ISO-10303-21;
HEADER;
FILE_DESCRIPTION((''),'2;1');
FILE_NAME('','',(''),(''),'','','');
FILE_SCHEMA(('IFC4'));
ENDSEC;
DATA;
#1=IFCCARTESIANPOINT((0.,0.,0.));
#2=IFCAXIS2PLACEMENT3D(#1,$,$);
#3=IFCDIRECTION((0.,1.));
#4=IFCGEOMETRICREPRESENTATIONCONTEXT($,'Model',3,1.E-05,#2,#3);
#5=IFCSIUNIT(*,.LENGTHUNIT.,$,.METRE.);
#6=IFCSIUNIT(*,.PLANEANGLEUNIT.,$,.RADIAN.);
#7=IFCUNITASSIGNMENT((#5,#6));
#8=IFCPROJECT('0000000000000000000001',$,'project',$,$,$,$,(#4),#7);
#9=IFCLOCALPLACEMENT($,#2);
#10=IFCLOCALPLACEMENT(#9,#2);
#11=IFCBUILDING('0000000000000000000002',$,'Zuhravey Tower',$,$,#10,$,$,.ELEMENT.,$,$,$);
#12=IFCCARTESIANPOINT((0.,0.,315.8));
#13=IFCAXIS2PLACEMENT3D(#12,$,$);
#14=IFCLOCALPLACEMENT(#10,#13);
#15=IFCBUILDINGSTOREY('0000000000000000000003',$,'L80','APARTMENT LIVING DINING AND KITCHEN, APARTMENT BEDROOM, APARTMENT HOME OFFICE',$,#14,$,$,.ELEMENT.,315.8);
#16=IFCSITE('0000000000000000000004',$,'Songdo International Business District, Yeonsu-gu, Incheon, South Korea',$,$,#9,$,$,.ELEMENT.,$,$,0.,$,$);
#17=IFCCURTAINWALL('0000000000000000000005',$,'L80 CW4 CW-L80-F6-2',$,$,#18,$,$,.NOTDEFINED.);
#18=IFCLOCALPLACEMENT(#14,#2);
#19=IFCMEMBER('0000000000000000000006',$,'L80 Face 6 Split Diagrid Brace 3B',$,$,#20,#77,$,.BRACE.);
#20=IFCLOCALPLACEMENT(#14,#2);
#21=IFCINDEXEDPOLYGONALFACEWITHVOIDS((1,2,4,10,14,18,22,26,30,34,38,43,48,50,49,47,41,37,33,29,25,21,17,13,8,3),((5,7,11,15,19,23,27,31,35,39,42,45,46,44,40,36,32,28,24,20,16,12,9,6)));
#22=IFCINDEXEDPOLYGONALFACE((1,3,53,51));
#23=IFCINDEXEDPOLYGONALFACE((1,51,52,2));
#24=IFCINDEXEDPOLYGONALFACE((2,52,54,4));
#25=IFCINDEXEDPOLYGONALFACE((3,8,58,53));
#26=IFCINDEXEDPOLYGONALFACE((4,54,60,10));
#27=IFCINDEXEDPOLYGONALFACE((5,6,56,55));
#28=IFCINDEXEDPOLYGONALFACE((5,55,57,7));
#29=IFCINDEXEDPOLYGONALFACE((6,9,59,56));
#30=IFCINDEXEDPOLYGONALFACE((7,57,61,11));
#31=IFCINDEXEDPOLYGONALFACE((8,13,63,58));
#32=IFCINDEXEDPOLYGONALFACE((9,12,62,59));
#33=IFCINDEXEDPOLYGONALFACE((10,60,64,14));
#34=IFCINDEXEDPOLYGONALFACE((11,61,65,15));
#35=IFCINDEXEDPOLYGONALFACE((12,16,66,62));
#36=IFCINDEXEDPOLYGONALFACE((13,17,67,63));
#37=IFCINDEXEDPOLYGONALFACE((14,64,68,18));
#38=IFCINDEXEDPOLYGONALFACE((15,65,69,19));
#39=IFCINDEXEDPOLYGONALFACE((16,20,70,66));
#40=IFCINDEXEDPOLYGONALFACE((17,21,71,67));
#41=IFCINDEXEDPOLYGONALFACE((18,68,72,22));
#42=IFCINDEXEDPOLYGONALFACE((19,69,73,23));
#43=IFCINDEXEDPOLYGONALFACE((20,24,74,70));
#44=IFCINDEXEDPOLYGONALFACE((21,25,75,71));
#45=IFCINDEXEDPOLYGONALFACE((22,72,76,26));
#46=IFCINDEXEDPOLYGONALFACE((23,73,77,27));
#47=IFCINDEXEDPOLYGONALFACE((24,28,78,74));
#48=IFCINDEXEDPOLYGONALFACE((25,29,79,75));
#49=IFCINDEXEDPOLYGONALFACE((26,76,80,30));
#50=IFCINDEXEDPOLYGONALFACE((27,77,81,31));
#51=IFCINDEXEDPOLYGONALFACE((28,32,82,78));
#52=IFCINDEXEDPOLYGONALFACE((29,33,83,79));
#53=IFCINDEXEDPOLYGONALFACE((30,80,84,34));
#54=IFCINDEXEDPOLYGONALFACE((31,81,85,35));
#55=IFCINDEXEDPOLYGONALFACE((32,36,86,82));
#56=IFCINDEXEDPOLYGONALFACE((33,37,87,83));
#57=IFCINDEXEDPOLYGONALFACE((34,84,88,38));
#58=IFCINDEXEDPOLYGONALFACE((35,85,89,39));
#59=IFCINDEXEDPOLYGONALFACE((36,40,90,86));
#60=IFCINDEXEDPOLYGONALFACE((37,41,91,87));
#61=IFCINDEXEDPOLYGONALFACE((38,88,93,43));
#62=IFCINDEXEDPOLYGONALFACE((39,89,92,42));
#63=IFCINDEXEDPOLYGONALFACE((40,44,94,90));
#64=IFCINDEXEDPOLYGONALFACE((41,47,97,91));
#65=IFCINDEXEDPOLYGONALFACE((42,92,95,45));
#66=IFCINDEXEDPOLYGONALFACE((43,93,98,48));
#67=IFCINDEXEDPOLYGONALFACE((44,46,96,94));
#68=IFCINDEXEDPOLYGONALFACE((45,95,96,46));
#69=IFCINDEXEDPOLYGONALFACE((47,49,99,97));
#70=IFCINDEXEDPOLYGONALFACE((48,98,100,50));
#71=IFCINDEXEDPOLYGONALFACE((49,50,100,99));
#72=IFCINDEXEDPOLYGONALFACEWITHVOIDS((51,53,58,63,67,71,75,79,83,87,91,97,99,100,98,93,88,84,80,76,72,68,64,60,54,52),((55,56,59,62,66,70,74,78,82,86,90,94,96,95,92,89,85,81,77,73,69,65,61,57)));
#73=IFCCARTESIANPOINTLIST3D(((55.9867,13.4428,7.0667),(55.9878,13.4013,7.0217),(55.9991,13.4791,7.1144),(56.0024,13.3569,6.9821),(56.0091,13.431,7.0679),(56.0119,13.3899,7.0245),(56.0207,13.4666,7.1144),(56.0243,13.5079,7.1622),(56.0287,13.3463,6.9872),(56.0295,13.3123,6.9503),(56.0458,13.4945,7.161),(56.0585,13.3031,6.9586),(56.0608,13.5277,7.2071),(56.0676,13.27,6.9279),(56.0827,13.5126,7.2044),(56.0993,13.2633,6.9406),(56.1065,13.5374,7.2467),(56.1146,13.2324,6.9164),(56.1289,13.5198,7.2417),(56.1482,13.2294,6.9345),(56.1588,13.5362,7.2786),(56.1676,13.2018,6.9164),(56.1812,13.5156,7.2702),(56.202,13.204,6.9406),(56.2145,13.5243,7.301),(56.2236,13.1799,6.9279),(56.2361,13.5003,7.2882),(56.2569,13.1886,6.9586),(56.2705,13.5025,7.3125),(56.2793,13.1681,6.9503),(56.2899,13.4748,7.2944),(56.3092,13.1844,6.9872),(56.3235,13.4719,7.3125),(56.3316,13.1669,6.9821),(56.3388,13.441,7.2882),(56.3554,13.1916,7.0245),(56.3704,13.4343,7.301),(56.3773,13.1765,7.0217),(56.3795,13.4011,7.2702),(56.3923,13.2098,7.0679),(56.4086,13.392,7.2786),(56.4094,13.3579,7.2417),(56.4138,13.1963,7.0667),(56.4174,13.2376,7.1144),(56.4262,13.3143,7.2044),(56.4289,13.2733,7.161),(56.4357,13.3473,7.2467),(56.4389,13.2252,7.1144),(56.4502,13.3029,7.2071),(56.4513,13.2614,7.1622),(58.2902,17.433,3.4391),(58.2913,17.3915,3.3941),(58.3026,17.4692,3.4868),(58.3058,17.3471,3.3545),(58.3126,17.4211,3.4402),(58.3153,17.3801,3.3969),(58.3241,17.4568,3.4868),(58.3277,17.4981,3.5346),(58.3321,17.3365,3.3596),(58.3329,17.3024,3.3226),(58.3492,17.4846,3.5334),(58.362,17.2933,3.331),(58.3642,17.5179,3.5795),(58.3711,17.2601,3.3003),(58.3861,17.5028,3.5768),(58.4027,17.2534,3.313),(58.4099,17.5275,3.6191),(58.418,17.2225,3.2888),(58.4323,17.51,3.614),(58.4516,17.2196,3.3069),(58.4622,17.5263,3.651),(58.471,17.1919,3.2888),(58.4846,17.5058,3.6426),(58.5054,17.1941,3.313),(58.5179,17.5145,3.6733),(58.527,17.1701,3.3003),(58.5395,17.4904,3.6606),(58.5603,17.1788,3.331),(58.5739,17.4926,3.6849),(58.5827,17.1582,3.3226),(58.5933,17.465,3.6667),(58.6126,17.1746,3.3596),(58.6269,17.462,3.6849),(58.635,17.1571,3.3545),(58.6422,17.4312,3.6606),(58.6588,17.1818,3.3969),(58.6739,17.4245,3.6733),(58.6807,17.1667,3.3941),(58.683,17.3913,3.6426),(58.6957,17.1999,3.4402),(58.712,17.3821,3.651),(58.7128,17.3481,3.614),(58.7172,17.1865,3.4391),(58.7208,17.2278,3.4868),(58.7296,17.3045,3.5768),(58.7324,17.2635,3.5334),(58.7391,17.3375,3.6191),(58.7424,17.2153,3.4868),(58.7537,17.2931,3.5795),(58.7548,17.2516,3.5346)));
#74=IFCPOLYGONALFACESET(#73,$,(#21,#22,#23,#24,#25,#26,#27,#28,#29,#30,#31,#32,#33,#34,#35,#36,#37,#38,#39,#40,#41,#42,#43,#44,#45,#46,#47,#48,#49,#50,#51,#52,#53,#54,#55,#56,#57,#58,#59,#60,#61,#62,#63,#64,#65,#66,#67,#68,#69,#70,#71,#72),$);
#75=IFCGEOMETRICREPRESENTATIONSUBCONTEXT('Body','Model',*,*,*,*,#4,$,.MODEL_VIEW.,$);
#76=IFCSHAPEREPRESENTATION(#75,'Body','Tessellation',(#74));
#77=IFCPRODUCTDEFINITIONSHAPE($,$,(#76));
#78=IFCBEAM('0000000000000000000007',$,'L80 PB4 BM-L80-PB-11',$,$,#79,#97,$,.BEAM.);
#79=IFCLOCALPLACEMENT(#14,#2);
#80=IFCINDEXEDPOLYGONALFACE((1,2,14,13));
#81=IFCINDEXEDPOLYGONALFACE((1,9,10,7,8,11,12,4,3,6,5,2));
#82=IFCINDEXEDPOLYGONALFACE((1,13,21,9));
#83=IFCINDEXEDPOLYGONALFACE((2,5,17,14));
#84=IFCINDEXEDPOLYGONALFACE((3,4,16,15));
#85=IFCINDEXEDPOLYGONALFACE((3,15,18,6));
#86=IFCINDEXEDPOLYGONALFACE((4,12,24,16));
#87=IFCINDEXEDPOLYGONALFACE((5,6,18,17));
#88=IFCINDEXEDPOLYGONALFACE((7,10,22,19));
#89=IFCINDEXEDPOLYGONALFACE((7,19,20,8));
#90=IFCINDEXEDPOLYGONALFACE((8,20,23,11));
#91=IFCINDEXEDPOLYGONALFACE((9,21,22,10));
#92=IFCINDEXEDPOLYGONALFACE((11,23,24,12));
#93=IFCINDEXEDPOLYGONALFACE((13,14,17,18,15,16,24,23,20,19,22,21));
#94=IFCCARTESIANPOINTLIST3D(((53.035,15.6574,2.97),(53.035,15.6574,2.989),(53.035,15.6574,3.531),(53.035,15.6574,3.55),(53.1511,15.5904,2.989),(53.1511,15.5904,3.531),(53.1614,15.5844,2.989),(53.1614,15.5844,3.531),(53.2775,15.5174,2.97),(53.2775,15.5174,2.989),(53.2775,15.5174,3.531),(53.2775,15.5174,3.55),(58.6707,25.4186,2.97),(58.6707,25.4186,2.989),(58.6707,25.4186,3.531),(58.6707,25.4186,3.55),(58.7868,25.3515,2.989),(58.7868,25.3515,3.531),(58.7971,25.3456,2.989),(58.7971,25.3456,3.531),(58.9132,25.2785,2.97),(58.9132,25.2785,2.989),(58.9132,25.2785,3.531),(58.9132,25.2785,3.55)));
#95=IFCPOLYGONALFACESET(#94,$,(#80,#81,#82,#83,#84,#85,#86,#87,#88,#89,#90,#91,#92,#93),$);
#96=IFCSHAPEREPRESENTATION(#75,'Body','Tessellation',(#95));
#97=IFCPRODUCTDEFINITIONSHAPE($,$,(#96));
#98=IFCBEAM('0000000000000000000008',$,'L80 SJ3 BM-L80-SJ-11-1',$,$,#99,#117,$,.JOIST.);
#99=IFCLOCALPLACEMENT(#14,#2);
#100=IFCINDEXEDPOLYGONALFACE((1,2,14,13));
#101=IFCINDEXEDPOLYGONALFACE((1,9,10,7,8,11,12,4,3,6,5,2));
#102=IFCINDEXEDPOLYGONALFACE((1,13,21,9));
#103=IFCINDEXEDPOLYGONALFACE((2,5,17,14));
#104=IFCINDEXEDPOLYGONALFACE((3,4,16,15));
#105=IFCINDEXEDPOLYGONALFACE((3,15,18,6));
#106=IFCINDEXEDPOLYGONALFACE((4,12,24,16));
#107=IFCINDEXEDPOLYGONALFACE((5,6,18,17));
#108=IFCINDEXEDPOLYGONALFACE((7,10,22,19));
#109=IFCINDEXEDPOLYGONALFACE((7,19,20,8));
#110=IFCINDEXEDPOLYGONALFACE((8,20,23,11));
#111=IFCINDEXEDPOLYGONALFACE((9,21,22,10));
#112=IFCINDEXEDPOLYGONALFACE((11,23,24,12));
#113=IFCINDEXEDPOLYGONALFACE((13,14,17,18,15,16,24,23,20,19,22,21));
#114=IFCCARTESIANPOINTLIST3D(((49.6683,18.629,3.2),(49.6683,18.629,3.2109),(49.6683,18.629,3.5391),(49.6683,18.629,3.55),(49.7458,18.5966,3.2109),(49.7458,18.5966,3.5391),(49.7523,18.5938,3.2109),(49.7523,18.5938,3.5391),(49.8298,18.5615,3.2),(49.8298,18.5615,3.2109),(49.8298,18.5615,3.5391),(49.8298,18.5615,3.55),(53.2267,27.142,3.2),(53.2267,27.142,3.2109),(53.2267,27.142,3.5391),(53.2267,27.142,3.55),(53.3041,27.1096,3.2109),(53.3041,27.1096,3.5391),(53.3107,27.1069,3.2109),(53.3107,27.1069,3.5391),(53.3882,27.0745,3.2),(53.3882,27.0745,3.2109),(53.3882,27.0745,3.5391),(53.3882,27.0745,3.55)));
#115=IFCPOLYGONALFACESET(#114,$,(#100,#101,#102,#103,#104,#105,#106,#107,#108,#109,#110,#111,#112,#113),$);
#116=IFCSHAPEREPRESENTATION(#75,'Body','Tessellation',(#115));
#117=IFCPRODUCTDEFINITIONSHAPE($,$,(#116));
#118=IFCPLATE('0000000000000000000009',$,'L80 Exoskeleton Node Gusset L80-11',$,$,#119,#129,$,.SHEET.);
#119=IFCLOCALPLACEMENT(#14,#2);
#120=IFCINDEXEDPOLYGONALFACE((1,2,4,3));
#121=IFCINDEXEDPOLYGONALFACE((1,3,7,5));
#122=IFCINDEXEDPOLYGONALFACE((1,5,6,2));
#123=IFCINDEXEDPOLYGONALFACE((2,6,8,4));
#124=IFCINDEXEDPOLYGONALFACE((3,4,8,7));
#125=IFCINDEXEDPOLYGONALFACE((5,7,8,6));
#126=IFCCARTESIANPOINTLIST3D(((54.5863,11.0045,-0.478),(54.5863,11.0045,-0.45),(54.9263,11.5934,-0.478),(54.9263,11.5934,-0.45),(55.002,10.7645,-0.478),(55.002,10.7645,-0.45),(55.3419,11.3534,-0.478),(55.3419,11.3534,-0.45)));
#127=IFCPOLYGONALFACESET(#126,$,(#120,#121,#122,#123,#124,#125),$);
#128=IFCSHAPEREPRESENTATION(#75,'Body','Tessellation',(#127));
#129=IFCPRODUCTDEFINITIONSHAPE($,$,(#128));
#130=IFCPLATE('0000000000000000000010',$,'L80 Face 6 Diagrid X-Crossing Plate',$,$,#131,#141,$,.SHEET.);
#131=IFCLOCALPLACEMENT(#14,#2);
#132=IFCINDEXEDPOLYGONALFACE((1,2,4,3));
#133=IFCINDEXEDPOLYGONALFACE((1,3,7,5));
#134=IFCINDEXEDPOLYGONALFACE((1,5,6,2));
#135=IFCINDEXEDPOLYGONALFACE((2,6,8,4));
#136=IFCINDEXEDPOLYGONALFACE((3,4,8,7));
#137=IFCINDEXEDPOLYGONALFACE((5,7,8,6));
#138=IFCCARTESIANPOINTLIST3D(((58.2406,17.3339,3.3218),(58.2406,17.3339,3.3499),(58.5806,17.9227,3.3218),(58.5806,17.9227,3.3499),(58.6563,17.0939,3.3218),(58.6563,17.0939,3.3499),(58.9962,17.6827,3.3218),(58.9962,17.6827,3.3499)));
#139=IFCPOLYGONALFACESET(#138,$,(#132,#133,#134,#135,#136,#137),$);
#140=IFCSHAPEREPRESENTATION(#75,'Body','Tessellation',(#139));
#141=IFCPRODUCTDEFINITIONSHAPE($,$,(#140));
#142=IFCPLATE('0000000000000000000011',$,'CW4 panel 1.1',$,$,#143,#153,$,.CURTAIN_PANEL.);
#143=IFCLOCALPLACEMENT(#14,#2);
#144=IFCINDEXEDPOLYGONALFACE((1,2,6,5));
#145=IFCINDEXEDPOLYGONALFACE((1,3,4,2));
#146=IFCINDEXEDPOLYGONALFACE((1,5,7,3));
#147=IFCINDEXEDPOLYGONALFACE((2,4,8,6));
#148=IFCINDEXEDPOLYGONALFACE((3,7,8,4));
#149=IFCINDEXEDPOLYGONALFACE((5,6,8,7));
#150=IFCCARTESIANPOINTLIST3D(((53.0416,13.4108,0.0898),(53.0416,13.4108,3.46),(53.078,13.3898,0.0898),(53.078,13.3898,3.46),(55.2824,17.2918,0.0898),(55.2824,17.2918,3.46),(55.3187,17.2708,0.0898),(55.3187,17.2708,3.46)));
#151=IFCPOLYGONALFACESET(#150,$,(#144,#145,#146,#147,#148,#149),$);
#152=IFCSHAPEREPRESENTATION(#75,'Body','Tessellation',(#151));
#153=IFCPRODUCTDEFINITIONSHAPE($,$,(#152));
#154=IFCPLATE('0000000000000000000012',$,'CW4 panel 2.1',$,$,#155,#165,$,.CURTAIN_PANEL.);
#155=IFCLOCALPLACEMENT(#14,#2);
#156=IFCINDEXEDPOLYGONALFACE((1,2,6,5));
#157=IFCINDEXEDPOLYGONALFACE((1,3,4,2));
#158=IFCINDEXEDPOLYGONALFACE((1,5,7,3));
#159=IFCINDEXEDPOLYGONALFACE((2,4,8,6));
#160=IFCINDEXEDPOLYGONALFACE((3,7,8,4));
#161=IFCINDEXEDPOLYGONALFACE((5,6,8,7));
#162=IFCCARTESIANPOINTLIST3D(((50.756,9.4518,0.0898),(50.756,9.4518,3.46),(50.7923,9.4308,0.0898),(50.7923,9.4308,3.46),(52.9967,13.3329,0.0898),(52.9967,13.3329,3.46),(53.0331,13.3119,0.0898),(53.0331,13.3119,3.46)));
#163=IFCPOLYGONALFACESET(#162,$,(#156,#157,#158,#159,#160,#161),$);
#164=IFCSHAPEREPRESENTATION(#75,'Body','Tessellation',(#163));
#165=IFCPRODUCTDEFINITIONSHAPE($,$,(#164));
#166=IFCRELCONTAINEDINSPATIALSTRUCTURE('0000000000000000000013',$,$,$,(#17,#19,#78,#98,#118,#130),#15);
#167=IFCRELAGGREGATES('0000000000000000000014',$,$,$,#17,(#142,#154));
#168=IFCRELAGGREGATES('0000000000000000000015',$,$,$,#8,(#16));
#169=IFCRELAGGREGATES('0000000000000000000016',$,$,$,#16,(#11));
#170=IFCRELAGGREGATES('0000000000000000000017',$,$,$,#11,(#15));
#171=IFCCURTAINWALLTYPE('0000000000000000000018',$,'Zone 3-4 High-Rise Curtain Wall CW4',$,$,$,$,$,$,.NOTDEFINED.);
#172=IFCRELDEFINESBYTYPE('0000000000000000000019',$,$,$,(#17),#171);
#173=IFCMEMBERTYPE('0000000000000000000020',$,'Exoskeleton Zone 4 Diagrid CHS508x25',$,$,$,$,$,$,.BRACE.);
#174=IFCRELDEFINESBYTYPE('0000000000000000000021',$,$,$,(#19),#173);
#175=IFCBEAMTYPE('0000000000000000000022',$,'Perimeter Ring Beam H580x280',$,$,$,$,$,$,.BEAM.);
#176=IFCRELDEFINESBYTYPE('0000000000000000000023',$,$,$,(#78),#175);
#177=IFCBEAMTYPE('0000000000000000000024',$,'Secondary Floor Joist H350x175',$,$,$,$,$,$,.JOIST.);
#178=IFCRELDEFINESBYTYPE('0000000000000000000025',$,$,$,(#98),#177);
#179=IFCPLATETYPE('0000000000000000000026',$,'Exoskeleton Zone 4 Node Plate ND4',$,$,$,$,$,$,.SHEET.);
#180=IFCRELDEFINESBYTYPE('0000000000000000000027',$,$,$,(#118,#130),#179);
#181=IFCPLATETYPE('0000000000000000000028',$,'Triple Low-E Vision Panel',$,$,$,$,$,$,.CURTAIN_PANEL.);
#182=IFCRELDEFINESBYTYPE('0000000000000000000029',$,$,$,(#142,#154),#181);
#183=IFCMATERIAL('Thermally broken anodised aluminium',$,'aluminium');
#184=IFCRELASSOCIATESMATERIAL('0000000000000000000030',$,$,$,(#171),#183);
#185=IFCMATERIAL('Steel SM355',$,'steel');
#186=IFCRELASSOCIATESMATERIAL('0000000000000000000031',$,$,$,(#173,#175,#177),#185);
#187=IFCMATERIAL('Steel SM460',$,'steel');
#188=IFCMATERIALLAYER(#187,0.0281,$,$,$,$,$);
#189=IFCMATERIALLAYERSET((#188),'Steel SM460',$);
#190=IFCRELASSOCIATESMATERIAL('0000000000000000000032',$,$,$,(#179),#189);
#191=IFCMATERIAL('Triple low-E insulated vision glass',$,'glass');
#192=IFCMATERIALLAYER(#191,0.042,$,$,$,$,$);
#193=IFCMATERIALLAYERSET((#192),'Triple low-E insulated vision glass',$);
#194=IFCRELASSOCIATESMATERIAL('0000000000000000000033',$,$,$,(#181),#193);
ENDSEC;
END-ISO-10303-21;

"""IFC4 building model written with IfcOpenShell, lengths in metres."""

from ifc_helpers import new_model, si_unit, direction, frame, origin, origin_2d, place, context, subcontext, project, spatial, rectangle, hollow_circle, i_section, extrude, material, layer, layer_set, material_profile, profile_set, type_object, element, aggregate, save


model = new_model("IFC4")

# Units and contexts
model_context = context("Model", 3, precision=1e-05, world=origin(), true_north=direction((0.0, 1.0)))
body_context = subcontext(model_context, "Body", "Model", "MODEL_VIEW")
ifc_project = project(units=[si_unit("LENGTHUNIT", "METRE"), si_unit("PLANEANGLEUNIT", "RADIAN")], contexts=[model_context])

# Site, building, storey
site_placement = place(None, origin())
site = spatial("IfcSite", under=ifc_project, at=site_placement, Name="Songdo International Business District, Yeonsu-gu, Incheon, South Korea", CompositionType="ELEMENT", RefElevation=0.0)
building_placement = place(site_placement, origin())
building = spatial("IfcBuilding", under=site, at=building_placement, Name="Zuhravey Tower", CompositionType="ELEMENT")
storey_placement = place(building_placement, frame((0.0, 0.0, 315.8)))
storey = spatial("IfcBuildingStorey", under=building, at=storey_placement, Name="L80", Description="APARTMENT LIVING DINING AND KITCHEN, APARTMENT BEDROOM, APARTMENT HOME OFFICE", CompositionType="ELEMENT", Elevation=315.8)

# Shared definitions
ifc_material_1 = material(Name="Thermally broken anodised aluminium", Category="aluminium")
curtain_wall_type = type_object("IfcCurtainWallType", Name="Zone 3-4 High-Rise Curtain Wall CW4", PredefinedType="NOTDEFINED", material=ifc_material_1)

# Curtain wall
curtain_wall_1_placement = place(storey_placement, origin())
curtain_wall_1 = element("IfcCurtainWall", 1, at=curtain_wall_1_placement, inside=storey, type_object=curtain_wall_type, Name="L80 CW4 CW-L80-F6-2", PredefinedType="NOTDEFINED")

# Member
ifc_material_2 = material(Name="Steel SM355", Category="steel")
ifc_material_profile_1 = material_profile(ifc_material_2, hollow_circle(Radius=0.2539, WallThickness=0.0249, at=origin_2d()), Name="CHS-508.0x25")
ifc_profile_set_1 = profile_set([ifc_material_profile_1], Name="Steel SM355")
member_type_1 = type_object("IfcMemberType", Name="Exoskeleton Zone 4 Diagrid CHS508x25", PredefinedType="BRACE", material=ifc_profile_set_1)
member_1_placement = place(storey_placement, frame((58.5225, 17.3423, 3.4868), z_axis=(-0.392806, -0.680448, 0.618623), x_axis=(0.866053, -0.499952, 0.0)))
element("IfcMember", 2, at=member_1_placement, inside=storey, type_object=member_type_1, Name="L80 Face 6 Split Diagrid Brace 3B", PredefinedType="BRACE", context=body_context, shape_type="SweptSolid", body=[
    extrude(hollow_circle(Radius=0.2539, WallThickness=0.0249, at=origin_2d()), origin(), (0.0, 0.0, 1.0), 5.864),
])

# Beams
ifc_material_profile_2 = material_profile(ifc_material_2, i_section(OverallWidth=0.28, OverallDepth=0.5801, WebThickness=0.012, FlangeThickness=0.019, at=origin_2d()), Name="H-580x280x12x19")
ifc_profile_set_2 = profile_set([ifc_material_profile_2], Name="Steel SM355")
beam_type_1 = type_object("IfcBeamType", Name="Perimeter Ring Beam H580x280", PredefinedType="BEAM", material=ifc_profile_set_2)
beam_1_placement = place(storey_placement, frame((53.1562, 15.5874, 3.26), z_axis=(0.500006, 0.866022, 0.0), x_axis=(-0.866022, 0.500006, 0.0)))
element("IfcBeam", 3, at=beam_1_placement, inside=storey, type_object=beam_type_1, Name="L80 PB4 BM-L80-PB-11", PredefinedType="BEAM", context=body_context, shape_type="SweptSolid", body=[
    extrude(i_section(OverallWidth=0.28, OverallDepth=0.5801, WebThickness=0.012, FlangeThickness=0.019, at=origin_2d()), origin(), (0.0, 0.0, 1.0), 11.2712),
])
ifc_material_profile_3 = material_profile(ifc_material_2, i_section(OverallWidth=0.175, OverallDepth=0.3501, WebThickness=0.0071, FlangeThickness=0.011, at=origin_2d()), Name="H-350x175x7x11")
ifc_profile_set_3 = profile_set([ifc_material_profile_3], Name="Steel SM355")
beam_type_2 = type_object("IfcBeamType", Name="Secondary Floor Joist H350x175", PredefinedType="JOIST", material=ifc_profile_set_3)
beam_2_placement = place(storey_placement, frame((49.749, 18.5952, 3.375), z_axis=(0.385658, 0.922642, 0.0), x_axis=(-0.922642, 0.385658, 0.0)))
element("IfcBeam", 4, at=beam_2_placement, inside=storey, type_object=beam_type_2, Name="L80 SJ3 BM-L80-SJ-11-1", PredefinedType="JOIST", context=body_context, shape_type="SweptSolid", body=[
    extrude(i_section(OverallWidth=0.175, OverallDepth=0.3501, WebThickness=0.0071, FlangeThickness=0.011, at=origin_2d()), origin(), (0.0, 0.0, 1.0), 9.2268),
])

# Plates
ifc_material_3 = material(Name="Steel SM460", Category="steel")
ifc_layer_1 = layer(ifc_material_3, 0.0281)
ifc_layer_set_1 = layer_set([ifc_layer_1], Name="Steel SM460")
plate_type_1 = type_object("IfcPlateType", Name="Exoskeleton Zone 4 Node Plate ND4", PredefinedType="SHEET", material=ifc_layer_set_1)
for number, where, z_axis, x_axis, name in (
    (5, (54.9641, 11.179, -0.478), (0.0, 0.0, 1.0), (0.5, 0.866025, 0.0), "L80 Exoskeleton Node Gusset L80-11"),
    (6, (58.6184, 17.5083, 3.3218), (0.0, 0.0, 1.0), (0.5, 0.866025, 0.0), "L80 Face 6 Diagrid X-Crossing Plate"),
):
    element("IfcPlate", number, at=place(storey_placement, frame(where, z_axis=z_axis, x_axis=x_axis)), inside=storey, type_object=plate_type_1, Name=name, PredefinedType="SHEET", context=body_context, shape_type="SweptSolid", body=[
        extrude(rectangle(XDim=0.6799, YDim=0.48, at=origin_2d()), origin(), (0.0, 0.0, 1.0), 0.0281),
    ])

# Plates
ifc_material_4 = material(Name="Triple low-E insulated vision glass", Category="glass")
ifc_layer_2 = layer(ifc_material_4, 0.042)
ifc_layer_set_2 = layer_set([ifc_layer_2], Name="Triple low-E insulated vision glass")
plate_type_2 = type_object("IfcPlateType", Name="Triple Low-E Vision Panel", PredefinedType="CURTAIN_PANEL", material=ifc_layer_set_2)
plate_1_placement = place(storey_placement, frame((54.1802, 15.3408, 0.0898), z_axis=(0.0, 0.0, 1.0), x_axis=(-0.500002, -0.866024, 0.0)))
plate_1 = element("IfcPlate", 7, at=plate_1_placement, type_object=plate_type_2, Name="CW4 panel 1.1", PredefinedType="CURTAIN_PANEL", context=body_context, shape_type="SweptSolid", body=[
    extrude(rectangle(XDim=4.4814, YDim=0.042, at=origin_2d()), origin(), (0.0, 0.0, 1.0), 3.3701),
])
plate_2_placement = place(storey_placement, frame((51.8945, 11.3818, 0.0898), z_axis=(0.0, 0.0, 1.0), x_axis=(-0.500002, -0.866024, 0.0)))
plate_2 = element("IfcPlate", 8, at=plate_2_placement, type_object=plate_type_2, Name="CW4 panel 2.1", PredefinedType="CURTAIN_PANEL", context=body_context, shape_type="SweptSolid", body=[
    extrude(rectangle(XDim=4.4814, YDim=0.042, at=origin_2d()), origin(), (0.0, 0.0, 1.0), 3.3701),
])
aggregate(curtain_wall_1, [plate_1, plate_2])

save(model, "model.ifc")
